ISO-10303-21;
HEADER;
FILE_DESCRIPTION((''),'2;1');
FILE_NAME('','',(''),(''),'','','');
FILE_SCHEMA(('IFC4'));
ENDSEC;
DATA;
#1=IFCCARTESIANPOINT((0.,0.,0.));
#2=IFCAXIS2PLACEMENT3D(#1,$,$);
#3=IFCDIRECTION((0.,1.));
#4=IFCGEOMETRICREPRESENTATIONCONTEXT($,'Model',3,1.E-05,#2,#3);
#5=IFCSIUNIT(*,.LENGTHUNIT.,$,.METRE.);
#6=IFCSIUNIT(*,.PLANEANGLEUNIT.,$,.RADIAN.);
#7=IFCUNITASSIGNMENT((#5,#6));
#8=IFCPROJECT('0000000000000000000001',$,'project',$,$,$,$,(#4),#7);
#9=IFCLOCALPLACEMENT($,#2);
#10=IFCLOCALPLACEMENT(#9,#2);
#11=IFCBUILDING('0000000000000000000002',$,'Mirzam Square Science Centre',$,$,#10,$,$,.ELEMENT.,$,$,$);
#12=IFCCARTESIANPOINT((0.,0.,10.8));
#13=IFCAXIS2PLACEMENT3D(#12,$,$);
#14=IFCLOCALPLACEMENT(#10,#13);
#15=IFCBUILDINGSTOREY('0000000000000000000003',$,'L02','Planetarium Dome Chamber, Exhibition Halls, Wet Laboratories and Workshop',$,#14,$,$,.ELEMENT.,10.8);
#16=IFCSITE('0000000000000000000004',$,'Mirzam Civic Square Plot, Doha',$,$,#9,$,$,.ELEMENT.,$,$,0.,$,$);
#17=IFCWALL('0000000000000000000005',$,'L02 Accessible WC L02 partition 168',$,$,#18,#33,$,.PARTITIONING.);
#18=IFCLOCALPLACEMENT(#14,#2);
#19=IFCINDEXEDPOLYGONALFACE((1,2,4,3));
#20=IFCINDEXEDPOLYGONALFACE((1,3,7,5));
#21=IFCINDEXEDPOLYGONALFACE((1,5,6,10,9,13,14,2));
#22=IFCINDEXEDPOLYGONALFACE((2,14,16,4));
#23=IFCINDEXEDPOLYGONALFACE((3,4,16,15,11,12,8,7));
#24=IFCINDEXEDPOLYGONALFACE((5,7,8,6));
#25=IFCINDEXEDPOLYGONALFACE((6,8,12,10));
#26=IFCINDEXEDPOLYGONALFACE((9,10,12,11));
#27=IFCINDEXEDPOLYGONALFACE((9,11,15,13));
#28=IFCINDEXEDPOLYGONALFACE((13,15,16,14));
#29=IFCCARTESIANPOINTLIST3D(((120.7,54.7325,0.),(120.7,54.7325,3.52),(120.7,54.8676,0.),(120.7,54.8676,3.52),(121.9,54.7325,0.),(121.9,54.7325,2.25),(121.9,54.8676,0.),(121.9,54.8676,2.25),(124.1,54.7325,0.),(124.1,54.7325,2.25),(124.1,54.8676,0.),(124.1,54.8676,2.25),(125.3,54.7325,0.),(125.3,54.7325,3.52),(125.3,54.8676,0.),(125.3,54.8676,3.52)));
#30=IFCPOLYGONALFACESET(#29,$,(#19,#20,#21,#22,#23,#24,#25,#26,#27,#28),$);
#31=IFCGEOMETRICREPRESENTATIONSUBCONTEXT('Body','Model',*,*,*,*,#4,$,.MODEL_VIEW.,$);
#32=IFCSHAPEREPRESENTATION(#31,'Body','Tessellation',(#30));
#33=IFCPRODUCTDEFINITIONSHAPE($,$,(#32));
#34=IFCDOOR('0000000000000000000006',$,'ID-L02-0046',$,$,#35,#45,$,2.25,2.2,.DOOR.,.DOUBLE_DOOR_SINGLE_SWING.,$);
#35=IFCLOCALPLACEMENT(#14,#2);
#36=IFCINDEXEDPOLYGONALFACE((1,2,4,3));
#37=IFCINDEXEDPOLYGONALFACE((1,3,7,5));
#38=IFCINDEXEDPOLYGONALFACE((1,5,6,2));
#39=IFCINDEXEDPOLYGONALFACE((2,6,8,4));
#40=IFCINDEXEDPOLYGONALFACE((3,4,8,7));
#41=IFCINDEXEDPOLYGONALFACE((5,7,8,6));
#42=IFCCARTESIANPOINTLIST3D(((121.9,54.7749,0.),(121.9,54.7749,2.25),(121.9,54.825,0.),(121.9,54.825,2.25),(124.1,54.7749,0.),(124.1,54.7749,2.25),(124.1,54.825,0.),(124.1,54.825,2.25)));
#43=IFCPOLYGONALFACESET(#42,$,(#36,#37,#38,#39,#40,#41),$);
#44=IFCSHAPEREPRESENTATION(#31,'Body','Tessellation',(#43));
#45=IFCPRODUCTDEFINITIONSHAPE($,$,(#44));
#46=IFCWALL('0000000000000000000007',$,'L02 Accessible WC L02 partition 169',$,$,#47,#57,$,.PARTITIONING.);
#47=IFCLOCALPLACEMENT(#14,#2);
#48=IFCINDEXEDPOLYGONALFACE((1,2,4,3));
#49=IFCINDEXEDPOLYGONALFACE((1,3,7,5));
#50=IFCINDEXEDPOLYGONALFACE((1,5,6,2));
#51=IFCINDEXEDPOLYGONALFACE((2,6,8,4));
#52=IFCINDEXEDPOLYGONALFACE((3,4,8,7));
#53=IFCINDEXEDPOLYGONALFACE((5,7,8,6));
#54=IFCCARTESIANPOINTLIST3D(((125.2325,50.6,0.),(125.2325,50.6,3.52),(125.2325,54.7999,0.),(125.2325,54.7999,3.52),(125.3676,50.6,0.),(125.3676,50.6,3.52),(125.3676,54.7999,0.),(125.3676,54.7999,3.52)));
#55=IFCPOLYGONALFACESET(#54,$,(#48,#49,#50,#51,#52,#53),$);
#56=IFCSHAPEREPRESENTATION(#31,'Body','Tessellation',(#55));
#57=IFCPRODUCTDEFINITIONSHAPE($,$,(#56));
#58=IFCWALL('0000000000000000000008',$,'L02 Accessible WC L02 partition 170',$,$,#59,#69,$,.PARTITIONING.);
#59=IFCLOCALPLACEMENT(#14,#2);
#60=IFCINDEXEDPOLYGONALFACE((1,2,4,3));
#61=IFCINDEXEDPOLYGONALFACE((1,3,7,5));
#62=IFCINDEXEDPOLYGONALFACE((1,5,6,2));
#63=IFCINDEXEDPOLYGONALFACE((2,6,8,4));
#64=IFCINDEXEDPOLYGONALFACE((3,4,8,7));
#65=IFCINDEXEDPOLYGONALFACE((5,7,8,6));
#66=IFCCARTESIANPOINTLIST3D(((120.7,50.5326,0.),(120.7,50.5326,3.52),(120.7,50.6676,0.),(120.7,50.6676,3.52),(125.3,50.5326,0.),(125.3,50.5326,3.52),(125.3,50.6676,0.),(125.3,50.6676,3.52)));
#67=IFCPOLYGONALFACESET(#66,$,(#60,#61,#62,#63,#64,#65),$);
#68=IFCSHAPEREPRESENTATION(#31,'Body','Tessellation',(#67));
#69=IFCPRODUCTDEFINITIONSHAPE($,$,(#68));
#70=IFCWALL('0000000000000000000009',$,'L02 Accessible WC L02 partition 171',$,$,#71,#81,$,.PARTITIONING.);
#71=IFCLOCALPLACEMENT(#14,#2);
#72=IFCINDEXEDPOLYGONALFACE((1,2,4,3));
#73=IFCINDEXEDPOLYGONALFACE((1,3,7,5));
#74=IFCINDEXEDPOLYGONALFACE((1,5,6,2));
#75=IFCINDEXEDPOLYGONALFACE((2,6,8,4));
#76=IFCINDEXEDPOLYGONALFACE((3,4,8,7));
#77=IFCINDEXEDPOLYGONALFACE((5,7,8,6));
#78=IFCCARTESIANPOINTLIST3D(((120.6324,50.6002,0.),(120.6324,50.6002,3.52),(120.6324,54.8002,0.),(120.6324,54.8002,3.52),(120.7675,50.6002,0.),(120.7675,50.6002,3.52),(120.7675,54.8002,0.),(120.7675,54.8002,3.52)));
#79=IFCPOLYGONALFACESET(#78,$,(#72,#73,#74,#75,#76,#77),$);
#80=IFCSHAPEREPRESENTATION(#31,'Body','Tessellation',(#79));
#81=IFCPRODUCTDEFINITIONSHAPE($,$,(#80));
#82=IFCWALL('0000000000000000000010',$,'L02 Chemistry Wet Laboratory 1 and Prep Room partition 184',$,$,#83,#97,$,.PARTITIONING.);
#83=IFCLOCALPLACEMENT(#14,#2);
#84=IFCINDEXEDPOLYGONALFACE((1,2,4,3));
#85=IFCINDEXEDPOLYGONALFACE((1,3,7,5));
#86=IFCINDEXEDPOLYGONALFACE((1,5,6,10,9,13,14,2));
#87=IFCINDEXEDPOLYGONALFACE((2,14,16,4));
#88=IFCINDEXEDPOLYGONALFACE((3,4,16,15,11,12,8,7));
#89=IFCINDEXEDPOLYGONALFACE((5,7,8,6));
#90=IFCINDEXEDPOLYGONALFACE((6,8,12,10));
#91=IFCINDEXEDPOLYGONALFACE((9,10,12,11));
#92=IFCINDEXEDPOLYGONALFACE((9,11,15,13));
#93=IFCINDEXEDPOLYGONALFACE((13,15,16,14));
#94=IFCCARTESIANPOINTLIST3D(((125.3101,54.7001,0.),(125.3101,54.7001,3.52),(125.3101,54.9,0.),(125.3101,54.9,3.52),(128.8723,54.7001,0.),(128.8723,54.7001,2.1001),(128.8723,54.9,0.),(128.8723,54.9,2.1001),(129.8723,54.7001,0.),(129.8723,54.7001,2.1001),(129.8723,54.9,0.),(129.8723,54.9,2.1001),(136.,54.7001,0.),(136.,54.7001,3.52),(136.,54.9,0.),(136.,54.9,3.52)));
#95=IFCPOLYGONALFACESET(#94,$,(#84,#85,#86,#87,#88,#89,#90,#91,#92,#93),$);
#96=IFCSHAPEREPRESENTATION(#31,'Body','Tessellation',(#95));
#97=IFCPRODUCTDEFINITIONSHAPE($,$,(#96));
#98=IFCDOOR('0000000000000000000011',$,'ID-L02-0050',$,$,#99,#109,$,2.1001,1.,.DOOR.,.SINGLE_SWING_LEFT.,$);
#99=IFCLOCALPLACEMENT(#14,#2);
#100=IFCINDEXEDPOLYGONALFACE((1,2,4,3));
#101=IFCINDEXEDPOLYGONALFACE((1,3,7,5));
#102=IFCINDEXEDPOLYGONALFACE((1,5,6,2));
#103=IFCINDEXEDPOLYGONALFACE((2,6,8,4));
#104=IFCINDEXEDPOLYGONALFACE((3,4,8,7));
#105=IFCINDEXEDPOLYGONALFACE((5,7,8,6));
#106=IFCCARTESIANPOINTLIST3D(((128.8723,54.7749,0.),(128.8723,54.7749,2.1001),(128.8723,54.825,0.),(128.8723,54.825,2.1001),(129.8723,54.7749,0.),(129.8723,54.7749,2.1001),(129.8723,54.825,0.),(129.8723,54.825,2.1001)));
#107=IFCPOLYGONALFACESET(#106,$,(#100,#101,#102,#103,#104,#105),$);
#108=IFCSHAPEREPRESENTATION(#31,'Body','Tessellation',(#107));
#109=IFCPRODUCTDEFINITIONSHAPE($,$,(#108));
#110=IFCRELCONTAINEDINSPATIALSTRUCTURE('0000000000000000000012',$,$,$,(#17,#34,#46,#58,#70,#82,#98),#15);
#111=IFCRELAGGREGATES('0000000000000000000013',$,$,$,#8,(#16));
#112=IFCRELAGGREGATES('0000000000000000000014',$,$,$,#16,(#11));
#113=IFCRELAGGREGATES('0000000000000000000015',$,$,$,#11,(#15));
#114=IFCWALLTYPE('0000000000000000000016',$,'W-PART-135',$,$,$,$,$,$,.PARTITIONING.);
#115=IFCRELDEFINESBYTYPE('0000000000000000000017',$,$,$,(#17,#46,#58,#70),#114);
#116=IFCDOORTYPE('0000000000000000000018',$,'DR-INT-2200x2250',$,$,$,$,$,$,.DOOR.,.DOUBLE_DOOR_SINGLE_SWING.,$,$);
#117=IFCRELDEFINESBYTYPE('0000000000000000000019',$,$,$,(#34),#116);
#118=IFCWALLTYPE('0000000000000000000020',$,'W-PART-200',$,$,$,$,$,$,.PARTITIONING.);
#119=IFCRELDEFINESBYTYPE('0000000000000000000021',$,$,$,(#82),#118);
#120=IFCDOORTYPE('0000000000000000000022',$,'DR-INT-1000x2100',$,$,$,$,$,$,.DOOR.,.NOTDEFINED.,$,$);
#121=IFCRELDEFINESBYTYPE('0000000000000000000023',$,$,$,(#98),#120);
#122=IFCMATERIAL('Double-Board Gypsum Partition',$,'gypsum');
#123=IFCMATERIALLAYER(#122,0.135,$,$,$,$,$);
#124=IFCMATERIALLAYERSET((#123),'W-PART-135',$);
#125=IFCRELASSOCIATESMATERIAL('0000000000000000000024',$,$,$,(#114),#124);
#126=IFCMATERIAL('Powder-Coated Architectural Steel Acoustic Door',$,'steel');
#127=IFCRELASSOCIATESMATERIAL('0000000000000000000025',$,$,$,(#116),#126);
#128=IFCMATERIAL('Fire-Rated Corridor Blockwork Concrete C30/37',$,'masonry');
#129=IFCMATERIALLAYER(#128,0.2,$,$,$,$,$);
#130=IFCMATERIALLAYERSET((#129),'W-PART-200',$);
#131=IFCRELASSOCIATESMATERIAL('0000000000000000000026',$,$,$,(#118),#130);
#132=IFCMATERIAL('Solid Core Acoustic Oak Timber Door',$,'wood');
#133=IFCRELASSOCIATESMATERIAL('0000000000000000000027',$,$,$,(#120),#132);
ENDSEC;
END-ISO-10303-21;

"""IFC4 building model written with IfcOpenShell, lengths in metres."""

from ifc_helpers import new_model, si_unit, direction, frame, frame_2d, origin, place, context, subcontext, project, spatial, rectangle, extrude, material, layer, layer_set, type_object, element, fill, save


model = new_model("IFC4")

# Units and contexts
model_context = context("Model", 3, precision=1e-05, world=origin(), true_north=direction((0.0, 1.0)))
body_context = subcontext(model_context, "Body", "Model", "MODEL_VIEW")
ifc_project = project(units=[si_unit("LENGTHUNIT", "METRE"), si_unit("PLANEANGLEUNIT", "RADIAN")], contexts=[model_context])

# Site, building, storey
site_placement = place(None, origin())
site = spatial("IfcSite", under=ifc_project, at=site_placement, Name="Mirzam Civic Square Plot, Doha", CompositionType="ELEMENT", RefElevation=0.0)
building_placement = place(site_placement, origin())
building = spatial("IfcBuilding", under=site, at=building_placement, Name="Mirzam Square Science Centre", CompositionType="ELEMENT")
storey_placement = place(building_placement, frame((0.0, 0.0, 10.8)))
storey = spatial("IfcBuildingStorey", under=building, at=storey_placement, Name="L02", Description="Planetarium Dome Chamber, Exhibition Halls, Wet Laboratories and Workshop", CompositionType="ELEMENT", Elevation=10.8)

# Shared definitions
ifc_material_1 = material(Name="Powder-Coated Architectural Steel Acoustic Door", Category="steel")

# Wall, opening, door
ifc_material_2 = material(Name="Double-Board Gypsum Partition", Category="gypsum")
ifc_layer_1 = layer(ifc_material_2, 0.135)
ifc_layer_set_1 = layer_set([ifc_layer_1], Name="W-PART-135")
wall_type_1 = type_object("IfcWallType", Name="W-PART-135", PredefinedType="PARTITIONING", material=ifc_layer_set_1)
wall_1_placement = place(storey_placement, frame((120.7, 54.8, 0.0), z_axis=(0.0, 0.0, 1.0), x_axis=(1.0, 0.0, 0.0)))
wall_1 = element("IfcWall", 1, at=wall_1_placement, inside=storey, type_object=wall_type_1, Name="L02 Accessible WC L02 partition 168", PredefinedType="PARTITIONING", context=body_context, shape_type="SweptSolid", body=[
    extrude(rectangle(XDim=4.6001, YDim=0.135, at=frame_2d((2.3, 0.0))), origin(), (0.0, 0.0, 1.0), 3.52),
])
opening_1_placement = place(wall_1_placement, frame((1.2, 0.0, 0.0)))
opening_1 = element("IfcOpeningElement", 2, at=opening_1_placement, cuts=wall_1, PredefinedType="OPENING", context=body_context, shape_type="SweptSolid", body=[
    extrude(rectangle(XDim=2.2, YDim=2.25, at=frame_2d((1.1001, 1.125))), frame((0.0, 0.0774, 0.0), z_axis=(0.0, -1.0, 0.0), x_axis=(1.0, 0.0, 0.0)), (0.0, 0.0, 1.0), 0.155),
])
door_type_1 = type_object("IfcDoorType", Name="DR-INT-2200x2250", OperationType="DOUBLE_DOOR_SINGLE_SWING", PredefinedType="DOOR", material=ifc_material_1)
door_1_placement = place(opening_1_placement, origin())
door_1 = element("IfcDoor", 3, at=door_1_placement, inside=storey, type_object=door_type_1, Name="ID-L02-0046", OperationType="DOUBLE_DOOR_SINGLE_SWING", OverallHeight=2.25, OverallWidth=2.2, PredefinedType="DOOR", context=body_context, shape_type="SweptSolid", body=[
    extrude(rectangle(XDim=2.2, YDim=2.25, at=frame_2d((1.1001, 1.125))), frame((0.0, 0.0249, 0.0), z_axis=(0.0, -1.0, 0.0), x_axis=(1.0, 0.0, 0.0)), (0.0, 0.0, 1.0), 0.05),
])
fill(opening_1, door_1)

# Walls
wall_2_placement = place(storey_placement, frame((125.3, 54.8, 0.0), z_axis=(0.0, 0.0, 1.0), x_axis=(0.0, -1.0, 0.0)))
element("IfcWall", 4, at=wall_2_placement, inside=storey, type_object=wall_type_1, Name="L02 Accessible WC L02 partition 169", PredefinedType="PARTITIONING", context=body_context, shape_type="SweptSolid", body=[
    extrude(rectangle(XDim=4.2, YDim=0.135, at=frame_2d((2.1001, 0.0))), origin(), (0.0, 0.0, 1.0), 3.52),
])
wall_3_placement = place(storey_placement, frame((125.3, 50.6001, 0.0), z_axis=(0.0, 0.0, 1.0), x_axis=(-1.0, 0.0, 0.0)))
element("IfcWall", 5, at=wall_3_placement, inside=storey, type_object=wall_type_1, Name="L02 Accessible WC L02 partition 170", PredefinedType="PARTITIONING", context=body_context, shape_type="SweptSolid", body=[
    extrude(rectangle(XDim=4.6001, YDim=0.135, at=frame_2d((2.3, 0.0))), origin(), (0.0, 0.0, 1.0), 3.52),
])
wall_4_placement = place(storey_placement, frame((120.7, 50.6001, 0.0), z_axis=(0.0, 0.0, 1.0), x_axis=(0.0, 1.0, 0.0)))
element("IfcWall", 6, at=wall_4_placement, inside=storey, type_object=wall_type_1, Name="L02 Accessible WC L02 partition 171", PredefinedType="PARTITIONING", context=body_context, shape_type="SweptSolid", body=[
    extrude(rectangle(XDim=4.2, YDim=0.135, at=frame_2d((2.1001, 0.0))), origin(), (0.0, 0.0, 1.0), 3.52),
])

# Wall, opening, door
ifc_material_3 = material(Name="Fire-Rated Corridor Blockwork Concrete C30/37", Category="masonry")
ifc_layer_2 = layer(ifc_material_3, 0.2)
ifc_layer_set_2 = layer_set([ifc_layer_2], Name="W-PART-200")
wall_type_2 = type_object("IfcWallType", Name="W-PART-200", PredefinedType="PARTITIONING", material=ifc_layer_set_2)
wall_5_placement = place(storey_placement, frame((125.3101, 54.8, 0.0), z_axis=(0.0, 0.0, 1.0), x_axis=(1.0, 0.0, 0.0)))
wall_5 = element("IfcWall", 7, at=wall_5_placement, inside=storey, type_object=wall_type_2, Name="L02 Chemistry Wet Laboratory 1 and Prep Room partition 184", PredefinedType="PARTITIONING", context=body_context, shape_type="SweptSolid", body=[
    extrude(rectangle(XDim=10.6899, YDim=0.2, at=frame_2d((5.345, 0.0))), origin(), (0.0, 0.0, 1.0), 3.52),
])
opening_2_placement = place(wall_5_placement, frame((3.5623, 0.0, 0.0)))
opening_2 = element("IfcOpeningElement", 8, at=opening_2_placement, cuts=wall_5, PredefinedType="OPENING", context=body_context, shape_type="SweptSolid", body=[
    extrude(rectangle(XDim=1.0, YDim=2.1001, at=frame_2d((0.5, 1.05))), frame((0.0, 0.1099, 0.0), z_axis=(0.0, -1.0, 0.0), x_axis=(1.0, 0.0, 0.0)), (0.0, 0.0, 1.0), 0.22),
])
ifc_material_4 = material(Name="Solid Core Acoustic Oak Timber Door", Category="wood")
door_type_2 = type_object("IfcDoorType", Name="DR-INT-1000x2100", OperationType="NOTDEFINED", PredefinedType="DOOR", material=ifc_material_4)
door_2_placement = place(opening_2_placement, origin())
door_2 = element("IfcDoor", 9, at=door_2_placement, inside=storey, type_object=door_type_2, Name="ID-L02-0050", OperationType="SINGLE_SWING_LEFT", OverallHeight=2.1001, OverallWidth=1.0, PredefinedType="DOOR", context=body_context, shape_type="SweptSolid", body=[
    extrude(rectangle(XDim=1.0, YDim=2.1001, at=frame_2d((0.5, 1.05))), frame((0.0, 0.0249, 0.0), z_axis=(0.0, -1.0, 0.0), x_axis=(1.0, 0.0, 0.0)), (0.0, 0.0, 1.0), 0.05),
])
fill(opening_2, door_2)

save(model, "model.ifc")
